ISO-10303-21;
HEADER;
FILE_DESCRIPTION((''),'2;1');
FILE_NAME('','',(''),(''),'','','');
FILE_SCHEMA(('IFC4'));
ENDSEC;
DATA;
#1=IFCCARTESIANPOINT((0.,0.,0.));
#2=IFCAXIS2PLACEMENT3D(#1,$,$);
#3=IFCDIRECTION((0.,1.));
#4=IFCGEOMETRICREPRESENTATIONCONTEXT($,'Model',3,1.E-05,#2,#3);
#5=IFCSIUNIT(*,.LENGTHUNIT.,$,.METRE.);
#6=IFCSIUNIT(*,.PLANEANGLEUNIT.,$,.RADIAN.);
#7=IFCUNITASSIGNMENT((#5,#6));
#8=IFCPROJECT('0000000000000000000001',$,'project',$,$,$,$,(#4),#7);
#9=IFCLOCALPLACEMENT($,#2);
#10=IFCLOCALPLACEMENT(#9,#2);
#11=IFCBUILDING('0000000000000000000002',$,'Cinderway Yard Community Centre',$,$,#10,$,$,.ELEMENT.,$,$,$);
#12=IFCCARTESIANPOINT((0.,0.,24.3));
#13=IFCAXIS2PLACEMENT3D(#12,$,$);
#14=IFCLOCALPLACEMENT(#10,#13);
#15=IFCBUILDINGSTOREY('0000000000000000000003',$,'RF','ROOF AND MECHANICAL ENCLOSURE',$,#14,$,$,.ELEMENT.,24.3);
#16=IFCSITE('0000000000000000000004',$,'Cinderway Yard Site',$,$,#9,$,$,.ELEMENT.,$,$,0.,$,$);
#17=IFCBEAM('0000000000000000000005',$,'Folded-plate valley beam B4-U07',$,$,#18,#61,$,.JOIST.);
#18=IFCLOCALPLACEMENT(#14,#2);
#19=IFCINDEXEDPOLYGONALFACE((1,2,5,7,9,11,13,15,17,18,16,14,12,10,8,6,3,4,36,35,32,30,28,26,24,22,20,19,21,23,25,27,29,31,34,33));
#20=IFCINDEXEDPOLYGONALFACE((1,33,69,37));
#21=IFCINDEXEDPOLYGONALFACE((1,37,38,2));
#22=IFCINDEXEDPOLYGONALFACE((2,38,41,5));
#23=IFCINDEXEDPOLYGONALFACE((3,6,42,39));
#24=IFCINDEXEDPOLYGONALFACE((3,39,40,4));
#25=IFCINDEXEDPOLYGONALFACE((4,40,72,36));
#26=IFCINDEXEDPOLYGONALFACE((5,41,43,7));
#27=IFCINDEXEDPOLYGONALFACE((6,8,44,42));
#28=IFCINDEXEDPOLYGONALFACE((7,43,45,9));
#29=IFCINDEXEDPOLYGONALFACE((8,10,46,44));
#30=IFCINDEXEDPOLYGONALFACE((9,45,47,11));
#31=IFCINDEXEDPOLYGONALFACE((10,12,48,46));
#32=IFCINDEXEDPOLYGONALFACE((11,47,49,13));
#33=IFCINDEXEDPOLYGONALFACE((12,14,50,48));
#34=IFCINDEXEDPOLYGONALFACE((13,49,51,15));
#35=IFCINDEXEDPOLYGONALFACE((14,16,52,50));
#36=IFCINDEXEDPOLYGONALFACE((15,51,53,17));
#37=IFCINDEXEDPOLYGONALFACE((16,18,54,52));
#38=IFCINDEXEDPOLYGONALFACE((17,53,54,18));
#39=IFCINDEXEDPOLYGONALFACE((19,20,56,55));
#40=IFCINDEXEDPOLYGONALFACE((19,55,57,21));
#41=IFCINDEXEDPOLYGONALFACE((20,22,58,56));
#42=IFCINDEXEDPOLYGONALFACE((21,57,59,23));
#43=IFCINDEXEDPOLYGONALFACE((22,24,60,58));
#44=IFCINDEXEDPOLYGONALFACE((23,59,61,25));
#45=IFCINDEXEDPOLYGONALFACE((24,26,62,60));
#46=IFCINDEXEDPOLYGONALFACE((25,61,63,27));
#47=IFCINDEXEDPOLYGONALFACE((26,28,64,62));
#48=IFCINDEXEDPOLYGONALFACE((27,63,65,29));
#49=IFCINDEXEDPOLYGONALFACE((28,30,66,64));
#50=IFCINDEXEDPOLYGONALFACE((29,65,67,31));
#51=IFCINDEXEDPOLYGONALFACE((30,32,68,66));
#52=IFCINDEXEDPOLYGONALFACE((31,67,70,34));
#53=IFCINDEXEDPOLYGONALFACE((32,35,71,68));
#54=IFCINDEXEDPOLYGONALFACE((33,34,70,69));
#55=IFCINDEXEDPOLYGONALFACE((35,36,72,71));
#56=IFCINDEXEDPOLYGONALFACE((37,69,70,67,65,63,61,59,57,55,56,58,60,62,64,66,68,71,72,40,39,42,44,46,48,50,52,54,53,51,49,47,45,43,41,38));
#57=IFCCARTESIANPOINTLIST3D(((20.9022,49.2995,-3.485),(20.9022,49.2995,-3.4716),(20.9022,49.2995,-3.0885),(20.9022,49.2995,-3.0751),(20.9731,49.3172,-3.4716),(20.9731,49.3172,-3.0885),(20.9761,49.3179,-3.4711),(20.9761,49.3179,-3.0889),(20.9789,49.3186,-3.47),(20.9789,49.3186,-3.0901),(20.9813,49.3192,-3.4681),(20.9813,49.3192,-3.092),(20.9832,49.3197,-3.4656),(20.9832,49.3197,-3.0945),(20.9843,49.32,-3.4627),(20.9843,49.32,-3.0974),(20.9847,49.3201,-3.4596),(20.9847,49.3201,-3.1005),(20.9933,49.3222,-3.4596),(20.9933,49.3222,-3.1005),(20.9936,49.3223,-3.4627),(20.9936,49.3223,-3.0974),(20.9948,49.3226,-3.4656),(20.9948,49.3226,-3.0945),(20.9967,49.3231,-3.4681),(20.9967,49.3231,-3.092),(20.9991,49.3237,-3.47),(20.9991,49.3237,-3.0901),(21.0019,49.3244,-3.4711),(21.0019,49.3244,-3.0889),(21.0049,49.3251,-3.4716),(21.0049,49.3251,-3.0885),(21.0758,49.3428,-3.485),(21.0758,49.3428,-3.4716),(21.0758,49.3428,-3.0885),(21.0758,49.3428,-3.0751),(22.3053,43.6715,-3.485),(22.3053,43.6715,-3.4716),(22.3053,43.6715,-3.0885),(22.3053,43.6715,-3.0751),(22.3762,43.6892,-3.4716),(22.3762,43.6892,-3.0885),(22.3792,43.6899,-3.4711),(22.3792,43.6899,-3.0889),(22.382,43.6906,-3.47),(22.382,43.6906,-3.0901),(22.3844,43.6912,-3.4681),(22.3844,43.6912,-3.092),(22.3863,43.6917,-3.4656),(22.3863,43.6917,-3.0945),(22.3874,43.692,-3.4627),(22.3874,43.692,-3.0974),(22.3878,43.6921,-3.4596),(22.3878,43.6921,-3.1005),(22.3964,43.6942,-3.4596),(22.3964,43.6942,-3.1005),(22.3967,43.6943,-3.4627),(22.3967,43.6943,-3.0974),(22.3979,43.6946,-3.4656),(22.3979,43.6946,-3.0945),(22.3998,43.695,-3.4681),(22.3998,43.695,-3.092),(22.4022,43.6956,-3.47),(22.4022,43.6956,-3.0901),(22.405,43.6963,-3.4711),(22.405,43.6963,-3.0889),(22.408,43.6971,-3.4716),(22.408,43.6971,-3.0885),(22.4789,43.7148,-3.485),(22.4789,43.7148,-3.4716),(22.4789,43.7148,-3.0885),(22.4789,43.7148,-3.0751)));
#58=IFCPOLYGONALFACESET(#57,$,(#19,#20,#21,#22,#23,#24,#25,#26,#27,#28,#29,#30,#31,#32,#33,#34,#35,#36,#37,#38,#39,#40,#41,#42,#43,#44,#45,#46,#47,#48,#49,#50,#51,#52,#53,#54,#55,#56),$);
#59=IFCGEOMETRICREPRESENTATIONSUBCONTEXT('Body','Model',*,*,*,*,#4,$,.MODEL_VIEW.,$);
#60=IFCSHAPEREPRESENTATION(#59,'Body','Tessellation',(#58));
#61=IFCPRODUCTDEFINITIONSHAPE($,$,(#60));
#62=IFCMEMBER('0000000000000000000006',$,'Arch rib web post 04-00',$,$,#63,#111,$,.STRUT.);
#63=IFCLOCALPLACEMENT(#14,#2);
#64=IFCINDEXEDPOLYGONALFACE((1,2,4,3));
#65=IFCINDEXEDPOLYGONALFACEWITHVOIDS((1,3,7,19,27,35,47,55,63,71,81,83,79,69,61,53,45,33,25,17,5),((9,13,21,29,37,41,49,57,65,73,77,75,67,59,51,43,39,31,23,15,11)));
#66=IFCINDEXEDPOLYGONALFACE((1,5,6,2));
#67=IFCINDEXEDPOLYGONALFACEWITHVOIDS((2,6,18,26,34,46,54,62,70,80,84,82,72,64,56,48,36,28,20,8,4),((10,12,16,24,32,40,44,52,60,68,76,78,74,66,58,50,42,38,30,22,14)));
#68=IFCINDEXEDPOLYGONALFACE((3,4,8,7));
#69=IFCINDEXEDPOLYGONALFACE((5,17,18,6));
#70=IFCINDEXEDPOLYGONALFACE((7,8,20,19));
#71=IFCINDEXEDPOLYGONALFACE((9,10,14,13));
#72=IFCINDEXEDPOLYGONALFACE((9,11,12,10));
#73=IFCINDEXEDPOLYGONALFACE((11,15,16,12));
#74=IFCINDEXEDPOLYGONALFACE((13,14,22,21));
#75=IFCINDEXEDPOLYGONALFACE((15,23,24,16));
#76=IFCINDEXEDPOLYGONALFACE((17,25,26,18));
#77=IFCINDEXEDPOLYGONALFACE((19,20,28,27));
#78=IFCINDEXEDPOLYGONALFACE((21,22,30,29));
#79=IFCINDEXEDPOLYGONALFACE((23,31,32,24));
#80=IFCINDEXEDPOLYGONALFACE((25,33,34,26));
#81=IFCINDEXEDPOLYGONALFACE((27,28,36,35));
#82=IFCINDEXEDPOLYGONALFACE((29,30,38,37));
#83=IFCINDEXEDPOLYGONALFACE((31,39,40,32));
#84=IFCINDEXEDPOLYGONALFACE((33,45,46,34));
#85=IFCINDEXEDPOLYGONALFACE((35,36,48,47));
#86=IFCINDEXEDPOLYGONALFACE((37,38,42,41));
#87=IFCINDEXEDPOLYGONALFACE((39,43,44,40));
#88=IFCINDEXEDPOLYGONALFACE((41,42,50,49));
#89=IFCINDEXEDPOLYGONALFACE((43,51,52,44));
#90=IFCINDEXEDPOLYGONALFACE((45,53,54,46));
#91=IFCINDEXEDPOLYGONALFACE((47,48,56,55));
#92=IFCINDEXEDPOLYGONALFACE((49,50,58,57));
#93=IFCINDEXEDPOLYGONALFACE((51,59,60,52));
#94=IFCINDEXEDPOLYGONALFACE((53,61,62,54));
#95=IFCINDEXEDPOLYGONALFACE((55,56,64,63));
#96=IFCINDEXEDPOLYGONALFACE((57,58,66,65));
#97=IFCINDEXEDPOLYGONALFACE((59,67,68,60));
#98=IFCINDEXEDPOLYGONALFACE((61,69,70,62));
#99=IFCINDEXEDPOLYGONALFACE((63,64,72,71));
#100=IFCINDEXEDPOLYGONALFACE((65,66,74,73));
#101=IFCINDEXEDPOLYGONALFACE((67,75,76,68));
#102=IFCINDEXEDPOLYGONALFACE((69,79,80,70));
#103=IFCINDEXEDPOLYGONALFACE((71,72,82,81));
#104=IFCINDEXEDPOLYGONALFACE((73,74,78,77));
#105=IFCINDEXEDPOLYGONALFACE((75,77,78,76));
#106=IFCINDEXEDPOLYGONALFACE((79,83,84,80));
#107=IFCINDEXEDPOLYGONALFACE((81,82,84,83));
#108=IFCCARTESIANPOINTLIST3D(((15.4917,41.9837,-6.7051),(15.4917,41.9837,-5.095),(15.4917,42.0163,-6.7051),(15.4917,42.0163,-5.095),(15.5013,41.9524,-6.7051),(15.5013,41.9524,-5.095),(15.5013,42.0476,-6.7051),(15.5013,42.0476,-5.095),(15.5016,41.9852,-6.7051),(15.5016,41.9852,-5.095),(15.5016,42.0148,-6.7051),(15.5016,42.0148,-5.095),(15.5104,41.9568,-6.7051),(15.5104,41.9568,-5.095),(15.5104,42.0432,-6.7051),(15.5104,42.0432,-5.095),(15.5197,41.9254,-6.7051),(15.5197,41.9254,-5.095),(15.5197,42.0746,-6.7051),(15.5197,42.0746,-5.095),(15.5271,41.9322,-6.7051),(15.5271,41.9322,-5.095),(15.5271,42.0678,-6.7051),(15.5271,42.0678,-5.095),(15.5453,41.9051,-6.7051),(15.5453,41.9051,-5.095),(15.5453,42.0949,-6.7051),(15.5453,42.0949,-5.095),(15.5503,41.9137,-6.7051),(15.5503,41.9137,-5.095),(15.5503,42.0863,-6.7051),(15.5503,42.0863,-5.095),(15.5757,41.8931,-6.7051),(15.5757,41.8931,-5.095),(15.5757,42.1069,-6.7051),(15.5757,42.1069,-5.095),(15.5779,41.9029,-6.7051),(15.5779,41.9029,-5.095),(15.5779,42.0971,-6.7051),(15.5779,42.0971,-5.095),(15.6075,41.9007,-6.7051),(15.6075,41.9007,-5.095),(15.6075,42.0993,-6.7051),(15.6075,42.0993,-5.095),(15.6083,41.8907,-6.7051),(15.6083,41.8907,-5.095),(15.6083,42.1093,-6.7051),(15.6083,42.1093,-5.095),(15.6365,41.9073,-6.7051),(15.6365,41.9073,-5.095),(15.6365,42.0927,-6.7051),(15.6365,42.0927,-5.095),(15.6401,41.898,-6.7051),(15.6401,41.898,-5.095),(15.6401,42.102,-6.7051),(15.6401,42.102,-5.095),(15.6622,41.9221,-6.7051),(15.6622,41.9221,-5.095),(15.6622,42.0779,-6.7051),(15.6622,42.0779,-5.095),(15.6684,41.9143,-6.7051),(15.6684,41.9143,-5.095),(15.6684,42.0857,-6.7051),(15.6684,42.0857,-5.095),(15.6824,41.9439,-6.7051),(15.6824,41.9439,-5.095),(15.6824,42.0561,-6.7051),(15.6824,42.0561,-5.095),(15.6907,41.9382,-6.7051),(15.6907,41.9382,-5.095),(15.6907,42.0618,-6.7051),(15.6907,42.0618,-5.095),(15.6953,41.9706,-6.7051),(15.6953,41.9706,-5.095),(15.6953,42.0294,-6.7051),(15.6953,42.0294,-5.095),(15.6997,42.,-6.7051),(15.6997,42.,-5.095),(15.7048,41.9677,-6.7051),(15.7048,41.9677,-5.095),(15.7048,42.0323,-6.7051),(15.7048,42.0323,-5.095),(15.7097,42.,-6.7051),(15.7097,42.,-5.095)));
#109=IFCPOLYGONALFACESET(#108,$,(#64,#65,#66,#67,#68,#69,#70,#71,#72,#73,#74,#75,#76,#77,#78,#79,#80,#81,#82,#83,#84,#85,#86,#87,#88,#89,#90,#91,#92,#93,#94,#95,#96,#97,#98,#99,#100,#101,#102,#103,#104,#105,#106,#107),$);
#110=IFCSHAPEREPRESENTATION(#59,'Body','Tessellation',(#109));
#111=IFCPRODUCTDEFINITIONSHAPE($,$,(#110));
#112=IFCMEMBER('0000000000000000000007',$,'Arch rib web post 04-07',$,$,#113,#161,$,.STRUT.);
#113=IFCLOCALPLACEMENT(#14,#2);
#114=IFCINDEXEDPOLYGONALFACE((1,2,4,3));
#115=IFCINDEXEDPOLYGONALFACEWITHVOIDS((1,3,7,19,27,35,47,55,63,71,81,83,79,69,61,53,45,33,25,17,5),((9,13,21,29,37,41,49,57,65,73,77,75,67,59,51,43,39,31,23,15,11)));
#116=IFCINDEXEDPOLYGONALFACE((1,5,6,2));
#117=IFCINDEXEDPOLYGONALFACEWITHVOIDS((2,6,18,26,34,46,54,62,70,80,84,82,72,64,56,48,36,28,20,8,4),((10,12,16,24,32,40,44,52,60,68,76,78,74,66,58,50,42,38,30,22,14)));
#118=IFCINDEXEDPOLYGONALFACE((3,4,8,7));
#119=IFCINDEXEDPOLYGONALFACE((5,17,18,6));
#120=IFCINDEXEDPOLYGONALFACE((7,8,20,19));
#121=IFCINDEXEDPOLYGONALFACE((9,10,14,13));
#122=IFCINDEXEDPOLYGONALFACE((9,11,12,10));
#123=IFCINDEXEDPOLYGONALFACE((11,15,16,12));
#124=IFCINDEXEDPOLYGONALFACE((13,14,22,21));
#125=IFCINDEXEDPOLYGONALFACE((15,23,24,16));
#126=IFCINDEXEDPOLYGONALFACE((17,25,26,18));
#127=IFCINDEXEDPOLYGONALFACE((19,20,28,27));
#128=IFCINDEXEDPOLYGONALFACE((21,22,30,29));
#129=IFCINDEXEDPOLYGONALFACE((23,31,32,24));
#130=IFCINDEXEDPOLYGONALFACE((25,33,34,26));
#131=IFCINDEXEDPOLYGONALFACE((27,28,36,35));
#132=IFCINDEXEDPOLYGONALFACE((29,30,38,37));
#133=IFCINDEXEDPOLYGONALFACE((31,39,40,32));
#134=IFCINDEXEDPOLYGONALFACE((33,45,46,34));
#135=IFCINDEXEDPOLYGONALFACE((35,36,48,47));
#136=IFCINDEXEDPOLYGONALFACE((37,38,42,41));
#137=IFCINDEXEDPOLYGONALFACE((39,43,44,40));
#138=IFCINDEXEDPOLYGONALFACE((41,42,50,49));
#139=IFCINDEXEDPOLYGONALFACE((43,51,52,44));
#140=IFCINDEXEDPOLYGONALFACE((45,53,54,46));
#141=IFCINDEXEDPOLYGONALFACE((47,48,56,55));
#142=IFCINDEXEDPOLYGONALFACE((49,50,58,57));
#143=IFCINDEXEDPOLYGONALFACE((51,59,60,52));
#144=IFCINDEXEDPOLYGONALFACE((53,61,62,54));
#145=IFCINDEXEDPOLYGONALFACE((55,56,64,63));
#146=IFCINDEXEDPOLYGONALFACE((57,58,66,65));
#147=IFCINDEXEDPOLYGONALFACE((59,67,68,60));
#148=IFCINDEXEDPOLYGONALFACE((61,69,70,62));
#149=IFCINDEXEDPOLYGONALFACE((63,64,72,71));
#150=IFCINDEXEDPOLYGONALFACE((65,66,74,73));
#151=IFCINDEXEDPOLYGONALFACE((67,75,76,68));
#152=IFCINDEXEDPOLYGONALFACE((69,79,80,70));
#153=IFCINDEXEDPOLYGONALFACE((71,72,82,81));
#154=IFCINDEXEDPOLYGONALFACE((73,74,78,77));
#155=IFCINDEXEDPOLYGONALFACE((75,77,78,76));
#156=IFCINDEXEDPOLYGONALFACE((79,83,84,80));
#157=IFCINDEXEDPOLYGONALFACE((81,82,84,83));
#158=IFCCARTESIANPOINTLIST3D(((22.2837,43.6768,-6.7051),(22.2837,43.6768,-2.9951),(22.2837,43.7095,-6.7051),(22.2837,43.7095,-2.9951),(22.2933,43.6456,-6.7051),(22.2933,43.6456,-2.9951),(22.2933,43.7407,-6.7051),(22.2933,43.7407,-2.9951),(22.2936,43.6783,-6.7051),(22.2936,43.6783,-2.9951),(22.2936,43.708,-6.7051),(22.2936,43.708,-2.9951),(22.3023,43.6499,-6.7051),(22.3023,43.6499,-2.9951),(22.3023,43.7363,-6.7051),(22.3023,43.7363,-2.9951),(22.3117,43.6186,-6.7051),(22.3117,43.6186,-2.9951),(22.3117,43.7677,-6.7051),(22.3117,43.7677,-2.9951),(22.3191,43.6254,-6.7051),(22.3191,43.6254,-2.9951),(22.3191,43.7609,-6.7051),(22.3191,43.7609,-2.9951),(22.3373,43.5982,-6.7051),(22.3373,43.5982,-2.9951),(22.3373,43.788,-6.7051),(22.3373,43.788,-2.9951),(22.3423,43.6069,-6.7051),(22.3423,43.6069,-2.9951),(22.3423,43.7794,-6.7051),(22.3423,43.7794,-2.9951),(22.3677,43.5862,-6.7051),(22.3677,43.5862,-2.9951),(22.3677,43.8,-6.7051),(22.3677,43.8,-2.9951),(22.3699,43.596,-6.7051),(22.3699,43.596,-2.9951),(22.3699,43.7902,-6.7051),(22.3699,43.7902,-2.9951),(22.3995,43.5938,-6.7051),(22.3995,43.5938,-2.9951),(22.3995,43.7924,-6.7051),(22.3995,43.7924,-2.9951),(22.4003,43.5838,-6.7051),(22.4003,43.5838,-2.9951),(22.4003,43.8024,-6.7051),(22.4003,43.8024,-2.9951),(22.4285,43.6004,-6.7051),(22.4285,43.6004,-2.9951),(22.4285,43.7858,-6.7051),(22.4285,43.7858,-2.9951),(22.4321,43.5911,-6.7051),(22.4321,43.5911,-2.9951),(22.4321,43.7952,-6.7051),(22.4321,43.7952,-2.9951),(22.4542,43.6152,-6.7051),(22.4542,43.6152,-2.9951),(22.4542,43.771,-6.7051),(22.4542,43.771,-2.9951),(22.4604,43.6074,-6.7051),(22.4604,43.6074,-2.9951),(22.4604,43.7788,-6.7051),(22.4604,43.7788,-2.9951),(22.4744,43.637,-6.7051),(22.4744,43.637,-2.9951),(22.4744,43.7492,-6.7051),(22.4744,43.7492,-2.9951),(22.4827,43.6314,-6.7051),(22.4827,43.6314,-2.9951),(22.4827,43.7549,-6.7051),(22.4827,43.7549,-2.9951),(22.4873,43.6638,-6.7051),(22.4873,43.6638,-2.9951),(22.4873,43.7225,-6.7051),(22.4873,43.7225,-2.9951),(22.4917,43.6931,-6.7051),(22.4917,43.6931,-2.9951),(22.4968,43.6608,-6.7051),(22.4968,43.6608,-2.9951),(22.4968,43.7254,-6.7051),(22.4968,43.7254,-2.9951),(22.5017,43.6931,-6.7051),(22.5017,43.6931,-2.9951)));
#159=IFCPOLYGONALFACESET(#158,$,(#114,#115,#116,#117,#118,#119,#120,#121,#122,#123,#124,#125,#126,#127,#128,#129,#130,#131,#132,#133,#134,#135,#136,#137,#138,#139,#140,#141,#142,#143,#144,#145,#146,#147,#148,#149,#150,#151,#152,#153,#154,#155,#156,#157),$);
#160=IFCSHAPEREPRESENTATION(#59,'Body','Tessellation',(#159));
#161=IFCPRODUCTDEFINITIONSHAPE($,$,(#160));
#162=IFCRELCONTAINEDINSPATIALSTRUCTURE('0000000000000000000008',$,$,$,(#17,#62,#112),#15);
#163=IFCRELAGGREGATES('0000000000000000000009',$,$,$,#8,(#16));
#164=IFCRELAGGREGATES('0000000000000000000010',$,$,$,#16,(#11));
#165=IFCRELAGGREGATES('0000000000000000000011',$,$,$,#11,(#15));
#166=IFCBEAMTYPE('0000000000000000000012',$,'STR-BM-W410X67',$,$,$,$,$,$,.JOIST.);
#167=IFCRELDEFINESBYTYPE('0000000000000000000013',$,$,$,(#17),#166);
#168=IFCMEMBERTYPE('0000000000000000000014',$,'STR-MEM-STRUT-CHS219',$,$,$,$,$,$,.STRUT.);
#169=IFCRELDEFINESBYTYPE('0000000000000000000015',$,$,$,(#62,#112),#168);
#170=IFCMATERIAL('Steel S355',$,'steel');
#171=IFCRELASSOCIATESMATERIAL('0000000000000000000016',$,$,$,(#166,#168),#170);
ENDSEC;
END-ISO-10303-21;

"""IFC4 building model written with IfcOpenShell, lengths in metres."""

from ifc_helpers import new_model, si_unit, direction, frame, origin, origin_2d, place, context, subcontext, project, spatial, hollow_circle, i_section, extrude, material, material_profile, profile_set, type_object, element, save


model = new_model("IFC4")

# Units and contexts
model_context = context("Model", 3, precision=1e-05, world=origin(), true_north=direction((0.0, 1.0)))
body_context = subcontext(model_context, "Body", "Model", "MODEL_VIEW")
ifc_project = project(units=[si_unit("LENGTHUNIT", "METRE"), si_unit("PLANEANGLEUNIT", "RADIAN")], contexts=[model_context])

# Site, building, storey
site_placement = place(None, origin())
site = spatial("IfcSite", under=ifc_project, at=site_placement, Name="Cinderway Yard Site", CompositionType="ELEMENT", RefElevation=0.0)
building_placement = place(site_placement, origin())
building = spatial("IfcBuilding", under=site, at=building_placement, Name="Cinderway Yard Community Centre", CompositionType="ELEMENT")
storey_placement = place(building_placement, frame((0.0, 0.0, 24.3)))
storey = spatial("IfcBuildingStorey", under=building, at=storey_placement, Name="RF", Description="ROOF AND MECHANICAL ENCLOSURE", CompositionType="ELEMENT", Elevation=24.3)

# Beam
ifc_material_1 = material(Name="Steel S355", Category="steel")
ifc_material_profile_1 = material_profile(ifc_material_1, i_section(OverallWidth=0.179, OverallDepth=0.4099, WebThickness=0.0088, FlangeThickness=0.0134, FilletRadius=0.012, at=origin_2d()), Name="Steel S355")
ifc_profile_set_1 = profile_set([ifc_material_profile_1], Name="Steel S355")
beam_type_1 = type_object("IfcBeamType", Name="STR-BM-W410X67", PredefinedType="JOIST", material=ifc_profile_set_1)
beam_1_placement = place(storey_placement, frame((22.3921, 43.6931, -3.28), z_axis=(-0.241902, 0.970301, 0.0), x_axis=(-0.970301, -0.241902, 0.0)))
element("IfcBeam", 1, at=beam_1_placement, inside=storey, type_object=beam_type_1, Name="Folded-plate valley beam B4-U07", PredefinedType="JOIST", context=body_context, shape_type="SweptSolid", body=[
    extrude(i_section(OverallWidth=0.179, OverallDepth=0.4099, WebThickness=0.0088, FlangeThickness=0.0134, FilletRadius=0.012, at=origin_2d()), origin(), (0.0, 0.0, 1.0), 5.8003),
])

# Members
ifc_material_profile_2 = material_profile(ifc_material_1, hollow_circle(Radius=0.1096, WallThickness=0.01, at=origin_2d()), Name="Steel S355")
ifc_profile_set_2 = profile_set([ifc_material_profile_2], Name="Steel S355")
member_type_1 = type_object("IfcMemberType", Name="STR-MEM-STRUT-CHS219", PredefinedType="STRUT", material=ifc_profile_set_2)
member_1_placement = place(storey_placement, frame((15.6001, 42.0, -6.7051), z_axis=(0.0, 0.0, 1.0), x_axis=(1.0, 0.0, 0.0)))
element("IfcMember", 2, at=member_1_placement, inside=storey, type_object=member_type_1, Name="Arch rib web post 04-00", PredefinedType="STRUT", context=body_context, shape_type="SweptSolid", body=[
    extrude(hollow_circle(Radius=0.1096, WallThickness=0.01, at=origin_2d()), origin(), (0.0, 0.0, 1.0), 1.6101),
])
member_2_placement = place(storey_placement, frame((22.3921, 43.6931, -6.7051), z_axis=(0.0, 0.0, 1.0), x_axis=(1.0, 0.0, 0.0)))
element("IfcMember", 3, at=member_2_placement, inside=storey, type_object=member_type_1, Name="Arch rib web post 04-07", PredefinedType="STRUT", context=body_context, shape_type="SweptSolid", body=[
    extrude(hollow_circle(Radius=0.1096, WallThickness=0.01, at=origin_2d()), origin(), (0.0, 0.0, 1.0), 3.71),
])

save(model, "model.ifc")
